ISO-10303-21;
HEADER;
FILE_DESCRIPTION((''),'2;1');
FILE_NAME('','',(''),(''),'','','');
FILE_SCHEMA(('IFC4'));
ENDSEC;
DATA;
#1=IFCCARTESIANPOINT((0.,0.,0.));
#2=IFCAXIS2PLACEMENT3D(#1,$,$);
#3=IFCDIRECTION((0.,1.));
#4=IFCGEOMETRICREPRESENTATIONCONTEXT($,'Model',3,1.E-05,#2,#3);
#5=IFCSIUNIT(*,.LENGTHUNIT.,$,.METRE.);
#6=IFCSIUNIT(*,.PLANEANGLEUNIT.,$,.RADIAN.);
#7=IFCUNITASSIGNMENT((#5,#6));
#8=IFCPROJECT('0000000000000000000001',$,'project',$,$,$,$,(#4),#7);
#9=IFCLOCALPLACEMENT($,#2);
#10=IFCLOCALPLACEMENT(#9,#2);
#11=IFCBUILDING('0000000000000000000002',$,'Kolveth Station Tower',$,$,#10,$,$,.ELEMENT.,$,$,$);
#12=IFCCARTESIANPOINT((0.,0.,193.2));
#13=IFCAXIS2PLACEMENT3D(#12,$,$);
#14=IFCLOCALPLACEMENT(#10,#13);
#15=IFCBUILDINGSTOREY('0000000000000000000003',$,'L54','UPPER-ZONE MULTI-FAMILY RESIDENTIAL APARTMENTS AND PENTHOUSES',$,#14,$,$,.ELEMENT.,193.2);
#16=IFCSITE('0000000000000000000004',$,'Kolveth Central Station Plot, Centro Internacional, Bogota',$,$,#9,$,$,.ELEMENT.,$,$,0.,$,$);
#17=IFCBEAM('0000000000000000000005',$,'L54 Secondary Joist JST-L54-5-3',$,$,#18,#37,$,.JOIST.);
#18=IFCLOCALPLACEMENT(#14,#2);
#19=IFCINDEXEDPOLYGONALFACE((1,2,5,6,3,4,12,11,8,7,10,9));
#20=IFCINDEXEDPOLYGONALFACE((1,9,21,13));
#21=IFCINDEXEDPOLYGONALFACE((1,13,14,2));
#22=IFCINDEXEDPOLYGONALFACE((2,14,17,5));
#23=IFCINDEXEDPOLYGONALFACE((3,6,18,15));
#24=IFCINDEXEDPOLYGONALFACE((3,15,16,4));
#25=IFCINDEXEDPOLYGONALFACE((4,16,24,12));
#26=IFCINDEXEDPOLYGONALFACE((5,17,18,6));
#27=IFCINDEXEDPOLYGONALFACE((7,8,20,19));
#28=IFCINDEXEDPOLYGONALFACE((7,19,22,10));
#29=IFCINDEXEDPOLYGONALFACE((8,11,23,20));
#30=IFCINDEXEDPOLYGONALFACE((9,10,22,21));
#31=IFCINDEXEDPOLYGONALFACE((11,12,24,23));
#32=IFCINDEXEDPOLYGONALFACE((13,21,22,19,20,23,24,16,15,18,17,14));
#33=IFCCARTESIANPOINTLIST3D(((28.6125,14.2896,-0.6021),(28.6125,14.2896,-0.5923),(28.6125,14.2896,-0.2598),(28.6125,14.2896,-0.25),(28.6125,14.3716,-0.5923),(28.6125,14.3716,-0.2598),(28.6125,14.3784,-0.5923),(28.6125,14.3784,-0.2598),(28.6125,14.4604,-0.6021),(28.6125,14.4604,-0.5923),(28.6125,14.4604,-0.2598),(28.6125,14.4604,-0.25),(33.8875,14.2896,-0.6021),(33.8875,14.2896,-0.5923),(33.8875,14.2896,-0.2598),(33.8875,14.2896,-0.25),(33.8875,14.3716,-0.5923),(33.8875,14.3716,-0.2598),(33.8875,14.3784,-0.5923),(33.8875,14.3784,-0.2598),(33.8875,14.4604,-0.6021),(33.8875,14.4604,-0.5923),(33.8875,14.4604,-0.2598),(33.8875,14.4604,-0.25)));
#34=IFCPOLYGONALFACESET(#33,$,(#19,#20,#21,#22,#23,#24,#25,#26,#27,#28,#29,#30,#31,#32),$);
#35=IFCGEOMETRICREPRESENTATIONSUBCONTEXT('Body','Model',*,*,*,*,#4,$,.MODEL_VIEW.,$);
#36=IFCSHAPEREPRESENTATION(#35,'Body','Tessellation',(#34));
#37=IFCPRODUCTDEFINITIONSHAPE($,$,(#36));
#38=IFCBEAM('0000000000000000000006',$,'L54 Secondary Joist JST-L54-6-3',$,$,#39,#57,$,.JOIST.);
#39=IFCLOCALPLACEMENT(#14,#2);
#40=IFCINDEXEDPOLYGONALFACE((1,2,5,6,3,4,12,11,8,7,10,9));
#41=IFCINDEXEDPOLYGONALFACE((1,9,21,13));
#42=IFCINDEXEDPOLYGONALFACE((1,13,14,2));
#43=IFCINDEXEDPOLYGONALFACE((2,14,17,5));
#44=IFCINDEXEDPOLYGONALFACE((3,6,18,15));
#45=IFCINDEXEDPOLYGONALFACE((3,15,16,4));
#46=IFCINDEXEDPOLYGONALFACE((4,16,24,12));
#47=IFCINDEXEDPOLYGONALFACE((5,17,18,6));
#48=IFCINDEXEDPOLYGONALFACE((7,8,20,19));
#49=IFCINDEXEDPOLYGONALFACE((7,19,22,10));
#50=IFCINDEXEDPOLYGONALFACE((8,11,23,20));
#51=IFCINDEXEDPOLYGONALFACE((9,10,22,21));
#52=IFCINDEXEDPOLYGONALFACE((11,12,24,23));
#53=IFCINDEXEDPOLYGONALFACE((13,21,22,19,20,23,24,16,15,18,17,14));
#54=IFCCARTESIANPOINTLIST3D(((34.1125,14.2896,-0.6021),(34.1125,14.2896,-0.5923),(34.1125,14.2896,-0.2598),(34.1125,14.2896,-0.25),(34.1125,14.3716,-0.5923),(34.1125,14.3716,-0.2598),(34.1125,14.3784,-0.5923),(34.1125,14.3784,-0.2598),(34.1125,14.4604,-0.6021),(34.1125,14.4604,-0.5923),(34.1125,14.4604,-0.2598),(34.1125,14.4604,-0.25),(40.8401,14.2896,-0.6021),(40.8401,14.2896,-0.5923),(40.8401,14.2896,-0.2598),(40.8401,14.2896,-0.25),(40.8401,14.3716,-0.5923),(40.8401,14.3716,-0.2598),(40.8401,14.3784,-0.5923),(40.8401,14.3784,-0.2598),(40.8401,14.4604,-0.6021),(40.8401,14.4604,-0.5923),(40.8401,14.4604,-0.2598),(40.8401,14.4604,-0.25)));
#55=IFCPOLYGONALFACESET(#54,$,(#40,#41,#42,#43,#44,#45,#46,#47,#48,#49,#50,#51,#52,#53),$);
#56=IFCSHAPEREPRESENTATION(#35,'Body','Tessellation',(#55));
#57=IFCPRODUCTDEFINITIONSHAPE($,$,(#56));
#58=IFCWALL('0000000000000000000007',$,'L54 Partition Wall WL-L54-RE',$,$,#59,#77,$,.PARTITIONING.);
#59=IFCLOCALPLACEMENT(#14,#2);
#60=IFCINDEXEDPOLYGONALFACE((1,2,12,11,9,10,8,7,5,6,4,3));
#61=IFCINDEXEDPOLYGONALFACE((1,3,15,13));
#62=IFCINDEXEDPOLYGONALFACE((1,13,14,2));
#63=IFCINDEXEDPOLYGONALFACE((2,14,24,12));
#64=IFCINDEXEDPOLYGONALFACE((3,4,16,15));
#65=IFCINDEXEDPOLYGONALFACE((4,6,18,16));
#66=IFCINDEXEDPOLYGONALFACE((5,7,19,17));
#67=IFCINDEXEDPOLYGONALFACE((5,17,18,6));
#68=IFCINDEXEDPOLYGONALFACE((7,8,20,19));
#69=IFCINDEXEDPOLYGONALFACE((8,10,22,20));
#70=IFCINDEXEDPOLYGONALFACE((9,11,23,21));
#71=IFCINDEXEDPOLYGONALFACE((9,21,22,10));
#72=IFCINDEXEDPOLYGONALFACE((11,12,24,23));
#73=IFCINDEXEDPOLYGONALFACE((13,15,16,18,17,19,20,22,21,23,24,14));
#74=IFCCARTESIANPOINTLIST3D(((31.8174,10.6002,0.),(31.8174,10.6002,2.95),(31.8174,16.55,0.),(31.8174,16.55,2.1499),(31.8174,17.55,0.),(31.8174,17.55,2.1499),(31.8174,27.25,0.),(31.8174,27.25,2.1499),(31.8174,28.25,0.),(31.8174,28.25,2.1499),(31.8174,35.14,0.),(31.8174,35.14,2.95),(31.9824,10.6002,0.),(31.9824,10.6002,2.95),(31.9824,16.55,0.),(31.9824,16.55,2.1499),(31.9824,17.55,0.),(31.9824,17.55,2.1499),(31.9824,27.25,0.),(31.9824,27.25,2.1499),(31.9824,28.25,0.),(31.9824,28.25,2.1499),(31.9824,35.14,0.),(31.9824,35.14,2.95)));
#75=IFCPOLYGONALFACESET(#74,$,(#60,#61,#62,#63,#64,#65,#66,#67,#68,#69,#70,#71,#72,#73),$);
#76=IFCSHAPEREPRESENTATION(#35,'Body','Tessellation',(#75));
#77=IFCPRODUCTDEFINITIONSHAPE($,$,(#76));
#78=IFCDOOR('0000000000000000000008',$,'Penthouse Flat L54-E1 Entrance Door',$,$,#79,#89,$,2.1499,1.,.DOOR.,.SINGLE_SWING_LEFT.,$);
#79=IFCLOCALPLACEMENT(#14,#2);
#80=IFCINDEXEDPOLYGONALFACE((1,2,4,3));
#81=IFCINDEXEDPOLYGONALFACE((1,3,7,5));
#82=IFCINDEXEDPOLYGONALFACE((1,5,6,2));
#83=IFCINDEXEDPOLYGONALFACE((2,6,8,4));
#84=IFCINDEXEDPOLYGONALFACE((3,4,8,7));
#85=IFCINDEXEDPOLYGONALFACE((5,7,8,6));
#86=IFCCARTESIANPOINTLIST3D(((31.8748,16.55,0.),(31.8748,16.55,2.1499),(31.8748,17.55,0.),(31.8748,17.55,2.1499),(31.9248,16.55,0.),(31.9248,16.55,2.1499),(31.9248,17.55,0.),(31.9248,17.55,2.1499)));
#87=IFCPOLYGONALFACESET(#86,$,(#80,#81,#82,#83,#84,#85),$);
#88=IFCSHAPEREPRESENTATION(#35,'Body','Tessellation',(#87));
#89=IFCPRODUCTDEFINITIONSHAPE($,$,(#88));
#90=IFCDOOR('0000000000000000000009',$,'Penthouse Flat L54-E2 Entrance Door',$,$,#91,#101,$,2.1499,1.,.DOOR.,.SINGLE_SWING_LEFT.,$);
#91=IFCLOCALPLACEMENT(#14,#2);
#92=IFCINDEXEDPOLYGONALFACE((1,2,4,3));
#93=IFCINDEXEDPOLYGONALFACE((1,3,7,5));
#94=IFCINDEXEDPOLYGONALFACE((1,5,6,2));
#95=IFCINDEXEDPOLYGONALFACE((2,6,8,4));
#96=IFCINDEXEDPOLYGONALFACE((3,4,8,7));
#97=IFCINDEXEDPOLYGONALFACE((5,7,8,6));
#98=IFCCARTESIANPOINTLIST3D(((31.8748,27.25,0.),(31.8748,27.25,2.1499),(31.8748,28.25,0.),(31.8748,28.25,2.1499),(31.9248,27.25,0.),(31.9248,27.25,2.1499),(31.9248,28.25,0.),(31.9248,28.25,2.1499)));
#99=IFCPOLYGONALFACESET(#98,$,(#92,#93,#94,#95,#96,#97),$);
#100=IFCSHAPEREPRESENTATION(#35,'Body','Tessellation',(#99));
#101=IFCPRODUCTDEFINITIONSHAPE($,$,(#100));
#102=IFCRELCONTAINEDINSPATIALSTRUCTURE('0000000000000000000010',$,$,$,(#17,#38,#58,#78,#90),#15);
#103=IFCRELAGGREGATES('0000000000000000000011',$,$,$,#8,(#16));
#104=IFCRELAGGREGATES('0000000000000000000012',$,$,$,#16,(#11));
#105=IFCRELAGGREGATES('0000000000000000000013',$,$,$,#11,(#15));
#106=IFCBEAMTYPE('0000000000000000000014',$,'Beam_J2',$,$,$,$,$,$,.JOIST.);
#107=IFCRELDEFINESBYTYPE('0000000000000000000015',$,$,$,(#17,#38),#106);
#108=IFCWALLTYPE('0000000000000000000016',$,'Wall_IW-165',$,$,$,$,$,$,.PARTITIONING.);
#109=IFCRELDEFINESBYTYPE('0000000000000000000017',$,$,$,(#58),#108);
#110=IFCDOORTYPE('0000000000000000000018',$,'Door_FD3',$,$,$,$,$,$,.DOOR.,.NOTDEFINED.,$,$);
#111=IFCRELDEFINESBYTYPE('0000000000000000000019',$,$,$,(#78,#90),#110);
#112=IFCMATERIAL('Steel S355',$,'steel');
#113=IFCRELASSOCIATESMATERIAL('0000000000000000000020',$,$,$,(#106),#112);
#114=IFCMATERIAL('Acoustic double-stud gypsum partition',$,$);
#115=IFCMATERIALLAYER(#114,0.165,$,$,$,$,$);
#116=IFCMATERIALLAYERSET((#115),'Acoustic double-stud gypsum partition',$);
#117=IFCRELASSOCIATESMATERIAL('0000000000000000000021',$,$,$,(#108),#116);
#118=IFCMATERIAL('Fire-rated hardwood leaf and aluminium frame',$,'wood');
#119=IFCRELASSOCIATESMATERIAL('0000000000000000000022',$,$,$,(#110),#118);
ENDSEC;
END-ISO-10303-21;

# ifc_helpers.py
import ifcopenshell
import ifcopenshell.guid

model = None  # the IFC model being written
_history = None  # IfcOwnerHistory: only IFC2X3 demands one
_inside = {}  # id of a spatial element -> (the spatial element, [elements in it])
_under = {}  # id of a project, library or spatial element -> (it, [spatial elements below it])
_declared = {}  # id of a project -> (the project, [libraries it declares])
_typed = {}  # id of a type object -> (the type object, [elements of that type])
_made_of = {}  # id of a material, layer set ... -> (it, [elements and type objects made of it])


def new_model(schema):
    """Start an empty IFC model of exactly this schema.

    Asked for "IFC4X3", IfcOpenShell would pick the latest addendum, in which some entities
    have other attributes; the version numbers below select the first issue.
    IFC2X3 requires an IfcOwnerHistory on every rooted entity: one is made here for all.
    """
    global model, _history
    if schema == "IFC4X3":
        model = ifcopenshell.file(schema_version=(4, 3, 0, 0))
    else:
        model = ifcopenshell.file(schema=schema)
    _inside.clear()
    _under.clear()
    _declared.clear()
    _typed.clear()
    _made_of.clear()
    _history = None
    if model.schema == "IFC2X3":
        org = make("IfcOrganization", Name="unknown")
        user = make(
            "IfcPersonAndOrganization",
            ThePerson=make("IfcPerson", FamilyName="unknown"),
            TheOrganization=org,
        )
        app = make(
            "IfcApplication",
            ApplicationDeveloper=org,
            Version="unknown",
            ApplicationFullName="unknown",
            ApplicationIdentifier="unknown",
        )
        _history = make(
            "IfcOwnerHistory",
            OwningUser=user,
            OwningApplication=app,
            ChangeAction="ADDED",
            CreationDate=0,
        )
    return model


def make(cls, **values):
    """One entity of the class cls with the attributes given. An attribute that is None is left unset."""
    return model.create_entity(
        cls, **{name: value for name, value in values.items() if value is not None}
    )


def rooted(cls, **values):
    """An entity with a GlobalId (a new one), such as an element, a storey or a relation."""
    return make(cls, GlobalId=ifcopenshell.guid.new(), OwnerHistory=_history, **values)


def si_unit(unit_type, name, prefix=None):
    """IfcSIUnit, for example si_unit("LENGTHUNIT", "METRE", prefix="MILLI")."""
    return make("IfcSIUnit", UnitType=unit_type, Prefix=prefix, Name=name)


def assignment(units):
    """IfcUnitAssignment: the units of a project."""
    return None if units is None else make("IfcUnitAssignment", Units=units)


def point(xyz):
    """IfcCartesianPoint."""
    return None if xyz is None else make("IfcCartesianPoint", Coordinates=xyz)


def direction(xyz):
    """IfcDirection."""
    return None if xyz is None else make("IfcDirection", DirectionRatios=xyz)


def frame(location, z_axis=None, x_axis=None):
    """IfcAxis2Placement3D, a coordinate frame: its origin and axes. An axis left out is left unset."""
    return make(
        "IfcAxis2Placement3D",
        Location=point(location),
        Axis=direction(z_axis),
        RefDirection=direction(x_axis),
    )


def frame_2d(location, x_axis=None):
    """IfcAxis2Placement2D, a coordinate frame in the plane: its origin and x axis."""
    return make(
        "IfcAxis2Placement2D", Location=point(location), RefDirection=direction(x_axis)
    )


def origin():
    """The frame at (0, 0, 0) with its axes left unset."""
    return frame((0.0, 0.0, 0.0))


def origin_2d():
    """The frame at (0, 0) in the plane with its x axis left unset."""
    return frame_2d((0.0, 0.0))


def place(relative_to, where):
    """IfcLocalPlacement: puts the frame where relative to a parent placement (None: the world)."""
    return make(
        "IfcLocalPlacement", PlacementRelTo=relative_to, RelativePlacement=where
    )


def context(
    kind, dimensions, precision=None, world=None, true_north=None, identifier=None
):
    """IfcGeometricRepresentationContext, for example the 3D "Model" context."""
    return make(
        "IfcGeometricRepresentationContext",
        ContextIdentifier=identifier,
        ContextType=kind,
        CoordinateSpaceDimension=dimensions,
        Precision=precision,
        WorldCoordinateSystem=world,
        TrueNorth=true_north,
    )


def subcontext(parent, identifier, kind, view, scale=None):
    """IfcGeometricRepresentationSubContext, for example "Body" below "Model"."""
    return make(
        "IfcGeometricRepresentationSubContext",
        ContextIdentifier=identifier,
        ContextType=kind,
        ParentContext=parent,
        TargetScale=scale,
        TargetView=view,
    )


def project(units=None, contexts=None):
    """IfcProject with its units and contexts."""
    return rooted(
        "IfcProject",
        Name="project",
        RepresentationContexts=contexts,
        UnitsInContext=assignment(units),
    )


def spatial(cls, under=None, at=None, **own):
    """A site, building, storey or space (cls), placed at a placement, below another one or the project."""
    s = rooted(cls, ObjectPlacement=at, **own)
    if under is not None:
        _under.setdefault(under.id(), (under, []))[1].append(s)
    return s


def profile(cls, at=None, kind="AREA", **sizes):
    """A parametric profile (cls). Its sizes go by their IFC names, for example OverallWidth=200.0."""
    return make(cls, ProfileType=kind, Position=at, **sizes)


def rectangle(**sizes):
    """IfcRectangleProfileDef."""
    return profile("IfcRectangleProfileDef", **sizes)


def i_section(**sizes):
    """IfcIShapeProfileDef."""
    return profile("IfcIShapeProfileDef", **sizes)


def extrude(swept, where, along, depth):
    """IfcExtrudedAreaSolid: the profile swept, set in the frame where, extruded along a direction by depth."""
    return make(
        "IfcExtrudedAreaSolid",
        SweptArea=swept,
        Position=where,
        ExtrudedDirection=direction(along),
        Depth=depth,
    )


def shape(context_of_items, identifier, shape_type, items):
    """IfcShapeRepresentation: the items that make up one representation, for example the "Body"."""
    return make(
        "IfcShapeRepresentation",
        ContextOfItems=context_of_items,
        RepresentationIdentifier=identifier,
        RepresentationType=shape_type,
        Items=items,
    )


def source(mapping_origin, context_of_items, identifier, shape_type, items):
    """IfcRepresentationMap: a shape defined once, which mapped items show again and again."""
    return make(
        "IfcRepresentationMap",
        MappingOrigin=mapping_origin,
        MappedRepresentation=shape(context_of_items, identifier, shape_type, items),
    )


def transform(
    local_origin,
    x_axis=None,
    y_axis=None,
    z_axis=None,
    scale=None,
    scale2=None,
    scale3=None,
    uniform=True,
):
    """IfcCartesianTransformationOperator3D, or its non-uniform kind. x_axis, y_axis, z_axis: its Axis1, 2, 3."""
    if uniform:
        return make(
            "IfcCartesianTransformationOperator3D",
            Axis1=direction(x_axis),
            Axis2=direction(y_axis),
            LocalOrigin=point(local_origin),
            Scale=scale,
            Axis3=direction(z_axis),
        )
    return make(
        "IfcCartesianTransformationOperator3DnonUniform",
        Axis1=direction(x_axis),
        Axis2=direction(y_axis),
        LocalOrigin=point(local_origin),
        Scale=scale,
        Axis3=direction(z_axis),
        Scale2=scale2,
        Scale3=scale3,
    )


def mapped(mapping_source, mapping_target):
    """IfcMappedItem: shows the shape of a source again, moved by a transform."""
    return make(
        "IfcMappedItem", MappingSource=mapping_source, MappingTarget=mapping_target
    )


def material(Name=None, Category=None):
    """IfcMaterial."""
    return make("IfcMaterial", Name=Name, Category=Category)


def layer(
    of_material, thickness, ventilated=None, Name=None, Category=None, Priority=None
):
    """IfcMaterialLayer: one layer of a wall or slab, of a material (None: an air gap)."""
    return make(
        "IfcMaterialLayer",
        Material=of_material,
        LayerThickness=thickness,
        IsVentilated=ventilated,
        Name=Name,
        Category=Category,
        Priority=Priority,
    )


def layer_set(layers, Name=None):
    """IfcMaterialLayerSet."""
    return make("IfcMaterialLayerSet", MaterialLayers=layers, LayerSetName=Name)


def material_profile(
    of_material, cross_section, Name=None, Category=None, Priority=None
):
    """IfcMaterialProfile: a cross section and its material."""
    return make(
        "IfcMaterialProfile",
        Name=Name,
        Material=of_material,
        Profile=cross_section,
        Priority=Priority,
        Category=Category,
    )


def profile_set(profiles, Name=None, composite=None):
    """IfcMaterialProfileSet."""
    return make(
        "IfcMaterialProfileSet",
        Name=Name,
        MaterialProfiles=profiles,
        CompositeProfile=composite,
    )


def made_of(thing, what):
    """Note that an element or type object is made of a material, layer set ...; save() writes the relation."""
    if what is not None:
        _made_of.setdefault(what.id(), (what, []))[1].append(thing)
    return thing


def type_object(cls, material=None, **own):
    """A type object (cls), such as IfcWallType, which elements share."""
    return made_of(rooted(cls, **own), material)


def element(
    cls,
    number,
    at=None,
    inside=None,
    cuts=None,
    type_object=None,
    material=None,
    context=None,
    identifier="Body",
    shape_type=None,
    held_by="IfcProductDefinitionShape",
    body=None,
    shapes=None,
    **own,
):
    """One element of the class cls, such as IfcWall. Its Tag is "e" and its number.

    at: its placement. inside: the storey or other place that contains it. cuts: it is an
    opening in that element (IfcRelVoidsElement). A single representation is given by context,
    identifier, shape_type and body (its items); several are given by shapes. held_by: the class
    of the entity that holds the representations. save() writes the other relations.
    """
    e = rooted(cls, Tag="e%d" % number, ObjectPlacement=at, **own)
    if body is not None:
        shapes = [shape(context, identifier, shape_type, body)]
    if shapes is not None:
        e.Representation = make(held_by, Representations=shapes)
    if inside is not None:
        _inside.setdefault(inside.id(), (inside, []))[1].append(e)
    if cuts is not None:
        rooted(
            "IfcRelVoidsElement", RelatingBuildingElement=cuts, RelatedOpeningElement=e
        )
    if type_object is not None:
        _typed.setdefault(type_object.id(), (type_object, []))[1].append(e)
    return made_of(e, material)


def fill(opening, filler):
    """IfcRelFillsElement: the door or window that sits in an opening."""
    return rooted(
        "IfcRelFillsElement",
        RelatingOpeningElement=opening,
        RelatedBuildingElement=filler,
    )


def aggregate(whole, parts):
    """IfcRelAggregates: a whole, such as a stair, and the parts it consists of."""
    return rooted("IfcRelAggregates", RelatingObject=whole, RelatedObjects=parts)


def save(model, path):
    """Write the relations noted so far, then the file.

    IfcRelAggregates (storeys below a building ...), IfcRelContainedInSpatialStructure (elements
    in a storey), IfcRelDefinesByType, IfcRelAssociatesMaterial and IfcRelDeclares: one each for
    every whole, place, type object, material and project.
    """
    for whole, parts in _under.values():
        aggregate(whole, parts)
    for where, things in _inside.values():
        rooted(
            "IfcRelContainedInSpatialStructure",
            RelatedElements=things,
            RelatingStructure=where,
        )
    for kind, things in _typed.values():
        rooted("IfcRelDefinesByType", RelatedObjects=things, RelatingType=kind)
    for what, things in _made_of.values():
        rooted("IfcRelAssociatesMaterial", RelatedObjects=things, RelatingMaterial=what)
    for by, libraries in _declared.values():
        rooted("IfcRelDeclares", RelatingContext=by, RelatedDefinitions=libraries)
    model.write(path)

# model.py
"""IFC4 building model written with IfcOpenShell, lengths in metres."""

from ifc_helpers import new_model, si_unit, direction, frame, frame_2d, origin, origin_2d, place, context, subcontext, project, spatial, rectangle, i_section, extrude, source, transform, mapped, material, layer, layer_set, material_profile, profile_set, type_object, element, fill, save


model = new_model("IFC4")

# Units and contexts
model_context = context("Model", 3, precision=1e-05, world=origin(), true_north=direction((0.0, 1.0)))
body_context = subcontext(model_context, "Body", "Model", "MODEL_VIEW")
ifc_project = project(units=[si_unit("LENGTHUNIT", "METRE"), si_unit("PLANEANGLEUNIT", "RADIAN")], contexts=[model_context])

# Site, building, storey
site_placement = place(None, origin())
site = spatial("IfcSite", under=ifc_project, at=site_placement, Name="Kolveth Central Station Plot, Centro Internacional, Bogota", CompositionType="ELEMENT", RefElevation=0.0)
building_placement = place(site_placement, origin())
building = spatial("IfcBuilding", under=site, at=building_placement, Name="Kolveth Station Tower", CompositionType="ELEMENT")
storey_placement = place(building_placement, frame((0.0, 0.0, 193.2)))
storey = spatial("IfcBuildingStorey", under=building, at=storey_placement, Name="L54", Description="UPPER-ZONE MULTI-FAMILY RESIDENTIAL APARTMENTS AND PENTHOUSES", CompositionType="ELEMENT", Elevation=193.2)

# Shared definitions
ifc_material_1 = material(Name="Steel S355", Category="steel")

# Beams
ifc_material_profile_1 = material_profile(ifc_material_1, i_section(OverallWidth=0.1709, OverallDepth=0.3521, WebThickness=0.0068, FlangeThickness=0.0098, at=origin_2d()), Name="W360x44")
ifc_profile_set_1 = profile_set([ifc_material_profile_1], Name="Steel S355")
beam_type_1 = type_object("IfcBeamType", Name="Beam_J2", PredefinedType="JOIST", material=ifc_profile_set_1)
shared_shape_1 = source(origin(), body_context, "Body", "SweptSolid", [
    extrude(i_section(OverallWidth=0.1709, OverallDepth=0.3521, WebThickness=0.0068, FlangeThickness=0.0098, at=origin_2d()), origin(), (0.0, 0.0, 1.0), 5.2749),
])
beam_1_placement = place(storey_placement, frame((28.6125, 14.375, -0.426), z_axis=(1.0, 0.0, 0.0), x_axis=(0.0, 1.0, 0.0)))
element("IfcBeam", 1, at=beam_1_placement, inside=storey, type_object=beam_type_1, Name="L54 Secondary Joist JST-L54-5-3", PredefinedType="JOIST", context=body_context, shape_type="MappedRepresentation", body=[
    mapped(shared_shape_1, transform((0.0, 0.0, 0.0), x_axis=(1.0, 0.0, 0.0), y_axis=(0.0, 1.0, 0.0), z_axis=(0.0, 0.0, 1.0), scale=1.0)),
])
shared_shape_2 = source(origin(), body_context, "Body", "SweptSolid", [
    extrude(i_section(OverallWidth=0.1709, OverallDepth=0.3521, WebThickness=0.0068, FlangeThickness=0.0098, at=origin_2d()), origin(), (0.0, 0.0, 1.0), 6.7275),
])
beam_2_placement = place(storey_placement, frame((34.1125, 14.375, -0.426), z_axis=(1.0, 0.0, 0.0), x_axis=(0.0, 1.0, 0.0)))
element("IfcBeam", 2, at=beam_2_placement, inside=storey, type_object=beam_type_1, Name="L54 Secondary Joist JST-L54-6-3", PredefinedType="JOIST", context=body_context, shape_type="MappedRepresentation", body=[
    mapped(shared_shape_2, transform((0.0, 0.0, 0.0), x_axis=(1.0, 0.0, 0.0), y_axis=(0.0, 1.0, 0.0), z_axis=(0.0, 0.0, 1.0), scale=1.0)),
])

# Wall, openings, doors
ifc_material_2 = material(Name="Acoustic double-stud gypsum partition")
ifc_layer = layer(ifc_material_2, 0.165)
ifc_layer_set = layer_set([ifc_layer], Name="Acoustic double-stud gypsum partition")
wall_type = type_object("IfcWallType", Name="Wall_IW-165", PredefinedType="PARTITIONING", material=ifc_layer_set)
wall_placement = place(storey_placement, frame((31.8999, 10.6001, 0.0), z_axis=(0.0, 0.0, 1.0), x_axis=(0.0, 1.0, 0.0)))
wall = element("IfcWall", 3, at=wall_placement, inside=storey, type_object=wall_type, Name="L54 Partition Wall WL-L54-RE", PredefinedType="PARTITIONING", context=body_context, shape_type="SweptSolid", body=[
    extrude(rectangle(XDim=24.5398, YDim=0.165, at=frame_2d((12.27, 0.0))), origin(), (0.0, 0.0, 1.0), 2.95),
])
opening_1_placement = place(wall_placement, frame((5.95, 0.0, 0.0)))
opening_1 = element("IfcOpeningElement", 4, at=opening_1_placement, cuts=wall, PredefinedType="OPENING", context=body_context, shape_type="SweptSolid", body=[
    extrude(rectangle(XDim=1.0, YDim=2.1499, at=frame_2d((0.5, 1.075))), frame((0.0, 0.0925, 0.0), z_axis=(0.0, -1.0, 0.0), x_axis=(1.0, 0.0, 0.0)), (0.0, 0.0, 1.0), 0.1851),
])
opening_2_placement = place(wall_placement, frame((16.6499, 0.0, 0.0)))
opening_2 = element("IfcOpeningElement", 5, at=opening_2_placement, cuts=wall, PredefinedType="OPENING", context=body_context, shape_type="SweptSolid", body=[
    extrude(rectangle(XDim=1.0, YDim=2.1499, at=frame_2d((0.5, 1.075))), frame((0.0, 0.0925, 0.0), z_axis=(0.0, -1.0, 0.0), x_axis=(1.0, 0.0, 0.0)), (0.0, 0.0, 1.0), 0.1851),
])
ifc_material_3 = material(Name="Fire-rated hardwood leaf and aluminium frame", Category="wood")
door_type = type_object("IfcDoorType", Name="Door_FD3", OperationType="NOTDEFINED", PredefinedType="DOOR", material=ifc_material_3)
door_1_placement = place(opening_1_placement, frame((1.0, 0.0, 0.0), z_axis=(0.0, 0.0, 1.0), x_axis=(-1.0, 0.0, 0.0)))
door_1 = element("IfcDoor", 6, at=door_1_placement, inside=storey, type_object=door_type, Name="Penthouse Flat L54-E1 Entrance Door", OperationType="SINGLE_SWING_LEFT", OverallHeight=2.1499, OverallWidth=1.0, PredefinedType="DOOR", context=body_context, shape_type="SweptSolid", body=[
    extrude(rectangle(XDim=1.0, YDim=2.1499, at=frame_2d((0.5, 1.075))), frame((0.0, 0.0249, 0.0), z_axis=(0.0, -1.0, 0.0), x_axis=(1.0, 0.0, 0.0)), (0.0, 0.0, 1.0), 0.05),
])
fill(opening_1, door_1)
door_2_placement = place(opening_2_placement, frame((1.0, 0.0, 0.0), z_axis=(0.0, 0.0, 1.0), x_axis=(-1.0, 0.0, 0.0)))
door_2 = element("IfcDoor", 7, at=door_2_placement, inside=storey, type_object=door_type, Name="Penthouse Flat L54-E2 Entrance Door", OperationType="SINGLE_SWING_LEFT", OverallHeight=2.1499, OverallWidth=1.0, PredefinedType="DOOR", context=body_context, shape_type="SweptSolid", body=[
    extrude(rectangle(XDim=1.0, YDim=2.1499, at=frame_2d((0.5, 1.075))), frame((0.0, 0.0249, 0.0), z_axis=(0.0, -1.0, 0.0), x_axis=(1.0, 0.0, 0.0)), (0.0, 0.0, 1.0), 0.05),
])
fill(opening_2, door_2)

save(model, "model.ifc")
